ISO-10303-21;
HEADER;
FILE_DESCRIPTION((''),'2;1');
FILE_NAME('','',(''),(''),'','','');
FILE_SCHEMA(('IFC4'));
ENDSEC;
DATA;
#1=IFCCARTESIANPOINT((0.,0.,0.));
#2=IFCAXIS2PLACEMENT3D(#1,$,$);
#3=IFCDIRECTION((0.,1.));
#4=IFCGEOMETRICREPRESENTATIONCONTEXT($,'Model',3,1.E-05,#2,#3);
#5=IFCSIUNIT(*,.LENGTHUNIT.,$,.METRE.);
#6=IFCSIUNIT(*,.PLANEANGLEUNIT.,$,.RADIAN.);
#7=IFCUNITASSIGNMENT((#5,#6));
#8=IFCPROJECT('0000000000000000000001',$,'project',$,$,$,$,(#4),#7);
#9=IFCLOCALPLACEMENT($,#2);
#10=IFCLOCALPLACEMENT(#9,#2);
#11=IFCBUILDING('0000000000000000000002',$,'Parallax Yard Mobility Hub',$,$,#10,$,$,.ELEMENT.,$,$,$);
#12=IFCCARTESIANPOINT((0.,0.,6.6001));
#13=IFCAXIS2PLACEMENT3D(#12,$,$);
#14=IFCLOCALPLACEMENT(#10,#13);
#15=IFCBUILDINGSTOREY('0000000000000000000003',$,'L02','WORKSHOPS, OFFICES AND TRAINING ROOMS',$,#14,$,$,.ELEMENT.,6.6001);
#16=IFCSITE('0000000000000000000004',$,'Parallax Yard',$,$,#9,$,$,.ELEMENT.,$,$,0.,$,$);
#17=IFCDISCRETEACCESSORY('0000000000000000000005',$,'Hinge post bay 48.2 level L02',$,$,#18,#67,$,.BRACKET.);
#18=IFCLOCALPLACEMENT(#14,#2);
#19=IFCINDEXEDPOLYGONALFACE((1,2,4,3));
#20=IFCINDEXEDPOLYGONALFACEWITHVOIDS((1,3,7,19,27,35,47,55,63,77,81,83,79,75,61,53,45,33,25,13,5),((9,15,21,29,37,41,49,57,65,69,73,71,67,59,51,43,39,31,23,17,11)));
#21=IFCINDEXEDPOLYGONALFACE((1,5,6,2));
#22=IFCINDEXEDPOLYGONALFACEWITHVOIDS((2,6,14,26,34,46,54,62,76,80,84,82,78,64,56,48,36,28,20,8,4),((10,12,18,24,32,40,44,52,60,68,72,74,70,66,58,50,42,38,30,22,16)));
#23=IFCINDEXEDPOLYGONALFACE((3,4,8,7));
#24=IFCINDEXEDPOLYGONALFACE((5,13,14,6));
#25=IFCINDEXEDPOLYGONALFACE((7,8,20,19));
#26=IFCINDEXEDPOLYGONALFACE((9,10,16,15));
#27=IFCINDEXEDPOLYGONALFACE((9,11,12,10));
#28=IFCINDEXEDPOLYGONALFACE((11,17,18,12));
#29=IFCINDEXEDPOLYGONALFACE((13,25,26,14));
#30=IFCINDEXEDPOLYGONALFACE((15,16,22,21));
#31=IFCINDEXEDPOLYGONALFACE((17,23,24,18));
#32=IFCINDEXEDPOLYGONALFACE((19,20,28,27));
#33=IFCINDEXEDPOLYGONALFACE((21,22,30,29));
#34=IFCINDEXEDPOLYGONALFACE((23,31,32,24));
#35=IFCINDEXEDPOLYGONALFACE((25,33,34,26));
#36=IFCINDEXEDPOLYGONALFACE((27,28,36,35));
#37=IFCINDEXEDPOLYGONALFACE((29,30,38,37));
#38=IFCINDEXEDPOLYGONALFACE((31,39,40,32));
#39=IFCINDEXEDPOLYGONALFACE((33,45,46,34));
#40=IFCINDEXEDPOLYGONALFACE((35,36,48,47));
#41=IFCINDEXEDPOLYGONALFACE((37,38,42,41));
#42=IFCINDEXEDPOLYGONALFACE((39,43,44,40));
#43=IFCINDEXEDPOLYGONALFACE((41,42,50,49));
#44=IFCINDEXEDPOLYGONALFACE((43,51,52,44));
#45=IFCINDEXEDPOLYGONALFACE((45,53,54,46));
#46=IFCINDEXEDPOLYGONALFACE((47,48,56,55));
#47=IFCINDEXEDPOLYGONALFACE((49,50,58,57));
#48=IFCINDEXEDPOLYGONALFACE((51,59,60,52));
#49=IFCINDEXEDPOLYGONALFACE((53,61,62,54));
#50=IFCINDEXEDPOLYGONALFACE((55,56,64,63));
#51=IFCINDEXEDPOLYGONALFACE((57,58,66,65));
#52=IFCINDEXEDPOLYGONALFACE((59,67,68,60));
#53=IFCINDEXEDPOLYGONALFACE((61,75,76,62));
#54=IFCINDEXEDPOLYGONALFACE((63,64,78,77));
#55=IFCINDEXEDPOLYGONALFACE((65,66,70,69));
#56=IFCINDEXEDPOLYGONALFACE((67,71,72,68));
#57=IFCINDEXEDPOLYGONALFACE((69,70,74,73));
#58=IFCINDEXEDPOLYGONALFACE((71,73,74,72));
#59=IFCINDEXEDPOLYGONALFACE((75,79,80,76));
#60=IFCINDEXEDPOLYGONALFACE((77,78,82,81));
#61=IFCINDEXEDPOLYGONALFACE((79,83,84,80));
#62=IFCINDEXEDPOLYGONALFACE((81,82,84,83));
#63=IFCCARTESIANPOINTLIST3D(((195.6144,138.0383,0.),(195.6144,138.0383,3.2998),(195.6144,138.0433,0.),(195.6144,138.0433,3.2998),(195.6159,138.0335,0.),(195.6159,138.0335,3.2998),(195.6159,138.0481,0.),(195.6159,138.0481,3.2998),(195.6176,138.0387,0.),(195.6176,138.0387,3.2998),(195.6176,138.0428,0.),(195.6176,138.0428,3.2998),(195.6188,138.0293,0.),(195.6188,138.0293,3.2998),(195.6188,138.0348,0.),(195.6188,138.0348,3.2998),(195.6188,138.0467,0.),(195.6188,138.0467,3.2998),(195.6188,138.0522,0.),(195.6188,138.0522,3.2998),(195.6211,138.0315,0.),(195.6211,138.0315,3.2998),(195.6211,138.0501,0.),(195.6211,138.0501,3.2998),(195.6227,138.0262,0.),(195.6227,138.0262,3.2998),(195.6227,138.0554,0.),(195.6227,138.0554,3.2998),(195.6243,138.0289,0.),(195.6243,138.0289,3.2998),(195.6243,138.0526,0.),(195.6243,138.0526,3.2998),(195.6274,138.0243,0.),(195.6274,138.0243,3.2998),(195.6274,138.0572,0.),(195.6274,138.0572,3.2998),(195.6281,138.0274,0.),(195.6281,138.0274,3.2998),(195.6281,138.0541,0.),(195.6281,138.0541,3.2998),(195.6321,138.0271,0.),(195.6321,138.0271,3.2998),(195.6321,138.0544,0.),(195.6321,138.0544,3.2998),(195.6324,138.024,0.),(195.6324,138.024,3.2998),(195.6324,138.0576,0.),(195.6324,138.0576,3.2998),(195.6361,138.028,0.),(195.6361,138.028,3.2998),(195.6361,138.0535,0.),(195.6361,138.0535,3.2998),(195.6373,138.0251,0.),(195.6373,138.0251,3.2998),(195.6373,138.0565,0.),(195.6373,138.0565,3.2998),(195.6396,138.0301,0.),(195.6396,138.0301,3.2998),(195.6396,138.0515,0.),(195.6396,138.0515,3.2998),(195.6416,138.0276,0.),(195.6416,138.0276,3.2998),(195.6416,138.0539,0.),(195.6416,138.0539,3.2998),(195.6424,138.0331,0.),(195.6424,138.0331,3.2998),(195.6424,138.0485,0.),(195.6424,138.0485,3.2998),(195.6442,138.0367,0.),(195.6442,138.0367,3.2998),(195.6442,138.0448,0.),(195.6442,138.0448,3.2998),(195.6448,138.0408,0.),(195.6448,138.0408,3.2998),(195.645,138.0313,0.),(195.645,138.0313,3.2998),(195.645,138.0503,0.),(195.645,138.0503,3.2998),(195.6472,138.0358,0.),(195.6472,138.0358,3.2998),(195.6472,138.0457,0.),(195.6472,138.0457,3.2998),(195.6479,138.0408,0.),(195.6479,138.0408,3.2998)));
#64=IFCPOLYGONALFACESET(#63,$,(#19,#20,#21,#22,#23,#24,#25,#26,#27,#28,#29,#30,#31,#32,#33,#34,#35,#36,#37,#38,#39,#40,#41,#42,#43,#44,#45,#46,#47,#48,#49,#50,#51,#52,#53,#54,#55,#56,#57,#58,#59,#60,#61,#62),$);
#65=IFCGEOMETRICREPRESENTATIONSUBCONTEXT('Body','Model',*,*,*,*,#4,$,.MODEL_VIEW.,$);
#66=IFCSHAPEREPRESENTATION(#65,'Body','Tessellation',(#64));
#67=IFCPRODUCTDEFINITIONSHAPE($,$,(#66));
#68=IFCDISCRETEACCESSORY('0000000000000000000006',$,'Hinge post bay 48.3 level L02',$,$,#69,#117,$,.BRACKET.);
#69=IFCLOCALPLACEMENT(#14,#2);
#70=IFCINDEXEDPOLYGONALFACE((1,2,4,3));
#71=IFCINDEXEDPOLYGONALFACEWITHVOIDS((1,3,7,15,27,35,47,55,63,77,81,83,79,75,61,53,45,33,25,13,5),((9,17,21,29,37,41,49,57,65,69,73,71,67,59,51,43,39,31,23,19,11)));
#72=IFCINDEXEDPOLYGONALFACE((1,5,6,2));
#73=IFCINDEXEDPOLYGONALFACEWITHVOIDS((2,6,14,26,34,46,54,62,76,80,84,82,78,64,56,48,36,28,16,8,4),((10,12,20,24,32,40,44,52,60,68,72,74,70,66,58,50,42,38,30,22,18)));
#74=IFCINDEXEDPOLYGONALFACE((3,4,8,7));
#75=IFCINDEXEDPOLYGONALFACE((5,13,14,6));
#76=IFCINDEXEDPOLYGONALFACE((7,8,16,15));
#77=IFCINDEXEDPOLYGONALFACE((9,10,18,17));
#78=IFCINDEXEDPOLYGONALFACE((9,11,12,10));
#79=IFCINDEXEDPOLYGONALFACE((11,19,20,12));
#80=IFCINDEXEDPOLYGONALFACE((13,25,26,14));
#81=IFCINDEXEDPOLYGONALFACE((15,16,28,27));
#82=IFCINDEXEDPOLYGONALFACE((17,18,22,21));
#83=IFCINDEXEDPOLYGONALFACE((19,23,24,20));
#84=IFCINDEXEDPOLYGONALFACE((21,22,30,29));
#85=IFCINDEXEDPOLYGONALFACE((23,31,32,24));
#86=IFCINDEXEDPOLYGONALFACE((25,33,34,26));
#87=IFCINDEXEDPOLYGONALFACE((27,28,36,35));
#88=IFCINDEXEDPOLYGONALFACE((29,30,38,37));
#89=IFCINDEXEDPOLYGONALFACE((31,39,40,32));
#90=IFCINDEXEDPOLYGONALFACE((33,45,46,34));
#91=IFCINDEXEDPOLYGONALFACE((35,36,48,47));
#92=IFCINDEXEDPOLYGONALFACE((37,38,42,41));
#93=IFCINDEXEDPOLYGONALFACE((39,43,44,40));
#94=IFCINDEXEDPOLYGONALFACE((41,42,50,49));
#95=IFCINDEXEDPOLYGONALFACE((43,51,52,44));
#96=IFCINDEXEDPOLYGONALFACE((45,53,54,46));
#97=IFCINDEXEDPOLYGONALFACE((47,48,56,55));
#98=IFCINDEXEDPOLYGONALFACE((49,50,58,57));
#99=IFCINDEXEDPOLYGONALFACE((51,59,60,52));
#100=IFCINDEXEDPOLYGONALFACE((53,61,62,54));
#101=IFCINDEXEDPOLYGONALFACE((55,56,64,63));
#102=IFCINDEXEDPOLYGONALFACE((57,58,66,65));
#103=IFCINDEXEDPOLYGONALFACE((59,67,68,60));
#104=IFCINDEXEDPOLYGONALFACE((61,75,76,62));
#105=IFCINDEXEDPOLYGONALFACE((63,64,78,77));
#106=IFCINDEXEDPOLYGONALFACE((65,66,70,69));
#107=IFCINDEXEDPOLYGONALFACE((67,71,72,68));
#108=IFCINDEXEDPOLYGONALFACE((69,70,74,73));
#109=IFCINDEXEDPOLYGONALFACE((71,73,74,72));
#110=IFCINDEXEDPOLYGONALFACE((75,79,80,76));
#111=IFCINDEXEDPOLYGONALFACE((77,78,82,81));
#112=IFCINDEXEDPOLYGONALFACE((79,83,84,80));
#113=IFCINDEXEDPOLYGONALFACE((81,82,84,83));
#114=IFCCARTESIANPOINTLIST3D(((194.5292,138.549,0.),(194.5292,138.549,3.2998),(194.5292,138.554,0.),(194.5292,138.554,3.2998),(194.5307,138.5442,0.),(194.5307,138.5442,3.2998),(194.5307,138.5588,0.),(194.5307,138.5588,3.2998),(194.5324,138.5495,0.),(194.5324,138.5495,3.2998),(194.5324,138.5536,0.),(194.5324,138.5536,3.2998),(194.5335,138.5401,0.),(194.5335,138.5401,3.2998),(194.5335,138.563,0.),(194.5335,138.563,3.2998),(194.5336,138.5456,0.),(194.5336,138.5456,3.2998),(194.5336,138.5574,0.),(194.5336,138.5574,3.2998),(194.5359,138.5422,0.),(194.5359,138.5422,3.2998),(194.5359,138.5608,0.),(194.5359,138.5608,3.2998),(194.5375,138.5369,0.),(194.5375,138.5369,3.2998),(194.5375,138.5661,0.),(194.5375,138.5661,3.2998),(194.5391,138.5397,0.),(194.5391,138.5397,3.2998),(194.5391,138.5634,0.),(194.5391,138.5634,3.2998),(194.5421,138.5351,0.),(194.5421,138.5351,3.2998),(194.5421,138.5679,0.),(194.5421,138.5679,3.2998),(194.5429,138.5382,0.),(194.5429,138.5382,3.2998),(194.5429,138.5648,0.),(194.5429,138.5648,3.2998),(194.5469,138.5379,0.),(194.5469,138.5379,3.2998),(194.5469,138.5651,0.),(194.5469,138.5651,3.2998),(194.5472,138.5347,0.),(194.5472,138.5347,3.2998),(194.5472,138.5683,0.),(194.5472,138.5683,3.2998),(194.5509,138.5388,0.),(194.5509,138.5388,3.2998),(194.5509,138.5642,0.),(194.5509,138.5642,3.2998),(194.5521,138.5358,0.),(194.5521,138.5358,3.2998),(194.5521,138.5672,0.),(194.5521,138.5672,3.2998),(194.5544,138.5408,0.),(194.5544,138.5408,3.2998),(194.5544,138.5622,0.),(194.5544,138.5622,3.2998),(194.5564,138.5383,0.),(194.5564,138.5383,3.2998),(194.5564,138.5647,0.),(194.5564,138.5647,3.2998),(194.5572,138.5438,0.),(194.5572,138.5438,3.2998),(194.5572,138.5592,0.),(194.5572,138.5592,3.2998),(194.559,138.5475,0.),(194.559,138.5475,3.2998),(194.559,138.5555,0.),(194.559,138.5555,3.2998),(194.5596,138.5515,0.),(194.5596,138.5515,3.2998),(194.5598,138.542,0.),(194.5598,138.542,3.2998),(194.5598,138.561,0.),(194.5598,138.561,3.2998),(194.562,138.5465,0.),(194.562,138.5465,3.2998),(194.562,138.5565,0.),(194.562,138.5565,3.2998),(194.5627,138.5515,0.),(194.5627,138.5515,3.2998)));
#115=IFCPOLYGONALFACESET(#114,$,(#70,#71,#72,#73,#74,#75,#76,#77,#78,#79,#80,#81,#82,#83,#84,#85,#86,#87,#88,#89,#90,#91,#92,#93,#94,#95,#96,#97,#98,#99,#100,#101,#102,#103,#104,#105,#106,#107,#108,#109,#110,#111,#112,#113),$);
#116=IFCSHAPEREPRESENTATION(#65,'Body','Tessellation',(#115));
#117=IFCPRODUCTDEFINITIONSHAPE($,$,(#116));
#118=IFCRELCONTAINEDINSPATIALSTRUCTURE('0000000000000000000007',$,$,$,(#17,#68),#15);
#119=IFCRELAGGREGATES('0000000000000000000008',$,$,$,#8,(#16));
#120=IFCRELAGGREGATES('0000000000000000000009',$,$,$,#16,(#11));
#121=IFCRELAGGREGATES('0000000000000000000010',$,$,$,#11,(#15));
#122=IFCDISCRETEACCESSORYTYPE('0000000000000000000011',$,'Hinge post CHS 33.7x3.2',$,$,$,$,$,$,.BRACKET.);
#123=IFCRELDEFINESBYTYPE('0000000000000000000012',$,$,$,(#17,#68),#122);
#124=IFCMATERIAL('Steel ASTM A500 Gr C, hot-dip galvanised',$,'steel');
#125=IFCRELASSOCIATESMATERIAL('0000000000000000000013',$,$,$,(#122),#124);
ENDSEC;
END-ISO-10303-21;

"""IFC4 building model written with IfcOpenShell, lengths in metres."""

from ifc_helpers import new_model, si_unit, direction, frame, origin, origin_2d, place, context, subcontext, project, spatial, hollow_circle, extrude, material, material_profile, profile_set, type_object, element, save


model = new_model("IFC4")

# Units and contexts
model_context = context("Model", 3, precision=1e-05, world=origin(), true_north=direction((0.0, 1.0)))
body_context = subcontext(model_context, "Body", "Model", "MODEL_VIEW")
ifc_project = project(units=[si_unit("LENGTHUNIT", "METRE"), si_unit("PLANEANGLEUNIT", "RADIAN")], contexts=[model_context])

# Site, building, storey
site_placement = place(None, origin())
site = spatial("IfcSite", under=ifc_project, at=site_placement, Name="Parallax Yard", CompositionType="ELEMENT", RefElevation=0.0)
building_placement = place(site_placement, origin())
building = spatial("IfcBuilding", under=site, at=building_placement, Name="Parallax Yard Mobility Hub", CompositionType="ELEMENT")
storey_placement = place(building_placement, frame((0.0, 0.0, 6.6001)))
storey = spatial("IfcBuildingStorey", under=building, at=storey_placement, Name="L02", Description="WORKSHOPS, OFFICES AND TRAINING ROOMS", CompositionType="ELEMENT", Elevation=6.6001)

# Discrete accessories
ifc_material_1 = material(Name="Steel ASTM A500 Gr C, hot-dip galvanised", Category="steel")
ifc_material_profile_1 = material_profile(ifc_material_1, hollow_circle(Radius=0.0168, WallThickness=0.0032, at=origin_2d()), Name="CHS 33.7x3.2")
ifc_profile_set_1 = profile_set([ifc_material_profile_1], Name="Steel ASTM A500 Gr C, hot-dip galvanised")
discrete_accessory_type_1 = type_object("IfcDiscreteAccessoryType", Name="Hinge post CHS 33.7x3.2", PredefinedType="BRACKET", material=ifc_profile_set_1)
for number, where, z_axis, x_axis, name in (
    (1, (195.6311, 138.0408, 0.0), (0.0, 0.0, 1.0), (1.0, 0.0, 0.0), "Hinge post bay 48.2 level L02"),
    (2, (194.5459, 138.5515, 0.0), (0.0, 0.0, 1.0), (1.0, 0.0, 0.0), "Hinge post bay 48.3 level L02"),
):
    element("IfcDiscreteAccessory", number, at=place(storey_placement, frame(where, z_axis=z_axis, x_axis=x_axis)), inside=storey, type_object=discrete_accessory_type_1, Name=name, PredefinedType="BRACKET", context=body_context, shape_type="SweptSolid", body=[
        extrude(hollow_circle(Radius=0.0168, WallThickness=0.0032, at=origin_2d()), origin(), (0.0, 0.0, 1.0), 3.2998),
    ])

save(model, "model.ifc")
